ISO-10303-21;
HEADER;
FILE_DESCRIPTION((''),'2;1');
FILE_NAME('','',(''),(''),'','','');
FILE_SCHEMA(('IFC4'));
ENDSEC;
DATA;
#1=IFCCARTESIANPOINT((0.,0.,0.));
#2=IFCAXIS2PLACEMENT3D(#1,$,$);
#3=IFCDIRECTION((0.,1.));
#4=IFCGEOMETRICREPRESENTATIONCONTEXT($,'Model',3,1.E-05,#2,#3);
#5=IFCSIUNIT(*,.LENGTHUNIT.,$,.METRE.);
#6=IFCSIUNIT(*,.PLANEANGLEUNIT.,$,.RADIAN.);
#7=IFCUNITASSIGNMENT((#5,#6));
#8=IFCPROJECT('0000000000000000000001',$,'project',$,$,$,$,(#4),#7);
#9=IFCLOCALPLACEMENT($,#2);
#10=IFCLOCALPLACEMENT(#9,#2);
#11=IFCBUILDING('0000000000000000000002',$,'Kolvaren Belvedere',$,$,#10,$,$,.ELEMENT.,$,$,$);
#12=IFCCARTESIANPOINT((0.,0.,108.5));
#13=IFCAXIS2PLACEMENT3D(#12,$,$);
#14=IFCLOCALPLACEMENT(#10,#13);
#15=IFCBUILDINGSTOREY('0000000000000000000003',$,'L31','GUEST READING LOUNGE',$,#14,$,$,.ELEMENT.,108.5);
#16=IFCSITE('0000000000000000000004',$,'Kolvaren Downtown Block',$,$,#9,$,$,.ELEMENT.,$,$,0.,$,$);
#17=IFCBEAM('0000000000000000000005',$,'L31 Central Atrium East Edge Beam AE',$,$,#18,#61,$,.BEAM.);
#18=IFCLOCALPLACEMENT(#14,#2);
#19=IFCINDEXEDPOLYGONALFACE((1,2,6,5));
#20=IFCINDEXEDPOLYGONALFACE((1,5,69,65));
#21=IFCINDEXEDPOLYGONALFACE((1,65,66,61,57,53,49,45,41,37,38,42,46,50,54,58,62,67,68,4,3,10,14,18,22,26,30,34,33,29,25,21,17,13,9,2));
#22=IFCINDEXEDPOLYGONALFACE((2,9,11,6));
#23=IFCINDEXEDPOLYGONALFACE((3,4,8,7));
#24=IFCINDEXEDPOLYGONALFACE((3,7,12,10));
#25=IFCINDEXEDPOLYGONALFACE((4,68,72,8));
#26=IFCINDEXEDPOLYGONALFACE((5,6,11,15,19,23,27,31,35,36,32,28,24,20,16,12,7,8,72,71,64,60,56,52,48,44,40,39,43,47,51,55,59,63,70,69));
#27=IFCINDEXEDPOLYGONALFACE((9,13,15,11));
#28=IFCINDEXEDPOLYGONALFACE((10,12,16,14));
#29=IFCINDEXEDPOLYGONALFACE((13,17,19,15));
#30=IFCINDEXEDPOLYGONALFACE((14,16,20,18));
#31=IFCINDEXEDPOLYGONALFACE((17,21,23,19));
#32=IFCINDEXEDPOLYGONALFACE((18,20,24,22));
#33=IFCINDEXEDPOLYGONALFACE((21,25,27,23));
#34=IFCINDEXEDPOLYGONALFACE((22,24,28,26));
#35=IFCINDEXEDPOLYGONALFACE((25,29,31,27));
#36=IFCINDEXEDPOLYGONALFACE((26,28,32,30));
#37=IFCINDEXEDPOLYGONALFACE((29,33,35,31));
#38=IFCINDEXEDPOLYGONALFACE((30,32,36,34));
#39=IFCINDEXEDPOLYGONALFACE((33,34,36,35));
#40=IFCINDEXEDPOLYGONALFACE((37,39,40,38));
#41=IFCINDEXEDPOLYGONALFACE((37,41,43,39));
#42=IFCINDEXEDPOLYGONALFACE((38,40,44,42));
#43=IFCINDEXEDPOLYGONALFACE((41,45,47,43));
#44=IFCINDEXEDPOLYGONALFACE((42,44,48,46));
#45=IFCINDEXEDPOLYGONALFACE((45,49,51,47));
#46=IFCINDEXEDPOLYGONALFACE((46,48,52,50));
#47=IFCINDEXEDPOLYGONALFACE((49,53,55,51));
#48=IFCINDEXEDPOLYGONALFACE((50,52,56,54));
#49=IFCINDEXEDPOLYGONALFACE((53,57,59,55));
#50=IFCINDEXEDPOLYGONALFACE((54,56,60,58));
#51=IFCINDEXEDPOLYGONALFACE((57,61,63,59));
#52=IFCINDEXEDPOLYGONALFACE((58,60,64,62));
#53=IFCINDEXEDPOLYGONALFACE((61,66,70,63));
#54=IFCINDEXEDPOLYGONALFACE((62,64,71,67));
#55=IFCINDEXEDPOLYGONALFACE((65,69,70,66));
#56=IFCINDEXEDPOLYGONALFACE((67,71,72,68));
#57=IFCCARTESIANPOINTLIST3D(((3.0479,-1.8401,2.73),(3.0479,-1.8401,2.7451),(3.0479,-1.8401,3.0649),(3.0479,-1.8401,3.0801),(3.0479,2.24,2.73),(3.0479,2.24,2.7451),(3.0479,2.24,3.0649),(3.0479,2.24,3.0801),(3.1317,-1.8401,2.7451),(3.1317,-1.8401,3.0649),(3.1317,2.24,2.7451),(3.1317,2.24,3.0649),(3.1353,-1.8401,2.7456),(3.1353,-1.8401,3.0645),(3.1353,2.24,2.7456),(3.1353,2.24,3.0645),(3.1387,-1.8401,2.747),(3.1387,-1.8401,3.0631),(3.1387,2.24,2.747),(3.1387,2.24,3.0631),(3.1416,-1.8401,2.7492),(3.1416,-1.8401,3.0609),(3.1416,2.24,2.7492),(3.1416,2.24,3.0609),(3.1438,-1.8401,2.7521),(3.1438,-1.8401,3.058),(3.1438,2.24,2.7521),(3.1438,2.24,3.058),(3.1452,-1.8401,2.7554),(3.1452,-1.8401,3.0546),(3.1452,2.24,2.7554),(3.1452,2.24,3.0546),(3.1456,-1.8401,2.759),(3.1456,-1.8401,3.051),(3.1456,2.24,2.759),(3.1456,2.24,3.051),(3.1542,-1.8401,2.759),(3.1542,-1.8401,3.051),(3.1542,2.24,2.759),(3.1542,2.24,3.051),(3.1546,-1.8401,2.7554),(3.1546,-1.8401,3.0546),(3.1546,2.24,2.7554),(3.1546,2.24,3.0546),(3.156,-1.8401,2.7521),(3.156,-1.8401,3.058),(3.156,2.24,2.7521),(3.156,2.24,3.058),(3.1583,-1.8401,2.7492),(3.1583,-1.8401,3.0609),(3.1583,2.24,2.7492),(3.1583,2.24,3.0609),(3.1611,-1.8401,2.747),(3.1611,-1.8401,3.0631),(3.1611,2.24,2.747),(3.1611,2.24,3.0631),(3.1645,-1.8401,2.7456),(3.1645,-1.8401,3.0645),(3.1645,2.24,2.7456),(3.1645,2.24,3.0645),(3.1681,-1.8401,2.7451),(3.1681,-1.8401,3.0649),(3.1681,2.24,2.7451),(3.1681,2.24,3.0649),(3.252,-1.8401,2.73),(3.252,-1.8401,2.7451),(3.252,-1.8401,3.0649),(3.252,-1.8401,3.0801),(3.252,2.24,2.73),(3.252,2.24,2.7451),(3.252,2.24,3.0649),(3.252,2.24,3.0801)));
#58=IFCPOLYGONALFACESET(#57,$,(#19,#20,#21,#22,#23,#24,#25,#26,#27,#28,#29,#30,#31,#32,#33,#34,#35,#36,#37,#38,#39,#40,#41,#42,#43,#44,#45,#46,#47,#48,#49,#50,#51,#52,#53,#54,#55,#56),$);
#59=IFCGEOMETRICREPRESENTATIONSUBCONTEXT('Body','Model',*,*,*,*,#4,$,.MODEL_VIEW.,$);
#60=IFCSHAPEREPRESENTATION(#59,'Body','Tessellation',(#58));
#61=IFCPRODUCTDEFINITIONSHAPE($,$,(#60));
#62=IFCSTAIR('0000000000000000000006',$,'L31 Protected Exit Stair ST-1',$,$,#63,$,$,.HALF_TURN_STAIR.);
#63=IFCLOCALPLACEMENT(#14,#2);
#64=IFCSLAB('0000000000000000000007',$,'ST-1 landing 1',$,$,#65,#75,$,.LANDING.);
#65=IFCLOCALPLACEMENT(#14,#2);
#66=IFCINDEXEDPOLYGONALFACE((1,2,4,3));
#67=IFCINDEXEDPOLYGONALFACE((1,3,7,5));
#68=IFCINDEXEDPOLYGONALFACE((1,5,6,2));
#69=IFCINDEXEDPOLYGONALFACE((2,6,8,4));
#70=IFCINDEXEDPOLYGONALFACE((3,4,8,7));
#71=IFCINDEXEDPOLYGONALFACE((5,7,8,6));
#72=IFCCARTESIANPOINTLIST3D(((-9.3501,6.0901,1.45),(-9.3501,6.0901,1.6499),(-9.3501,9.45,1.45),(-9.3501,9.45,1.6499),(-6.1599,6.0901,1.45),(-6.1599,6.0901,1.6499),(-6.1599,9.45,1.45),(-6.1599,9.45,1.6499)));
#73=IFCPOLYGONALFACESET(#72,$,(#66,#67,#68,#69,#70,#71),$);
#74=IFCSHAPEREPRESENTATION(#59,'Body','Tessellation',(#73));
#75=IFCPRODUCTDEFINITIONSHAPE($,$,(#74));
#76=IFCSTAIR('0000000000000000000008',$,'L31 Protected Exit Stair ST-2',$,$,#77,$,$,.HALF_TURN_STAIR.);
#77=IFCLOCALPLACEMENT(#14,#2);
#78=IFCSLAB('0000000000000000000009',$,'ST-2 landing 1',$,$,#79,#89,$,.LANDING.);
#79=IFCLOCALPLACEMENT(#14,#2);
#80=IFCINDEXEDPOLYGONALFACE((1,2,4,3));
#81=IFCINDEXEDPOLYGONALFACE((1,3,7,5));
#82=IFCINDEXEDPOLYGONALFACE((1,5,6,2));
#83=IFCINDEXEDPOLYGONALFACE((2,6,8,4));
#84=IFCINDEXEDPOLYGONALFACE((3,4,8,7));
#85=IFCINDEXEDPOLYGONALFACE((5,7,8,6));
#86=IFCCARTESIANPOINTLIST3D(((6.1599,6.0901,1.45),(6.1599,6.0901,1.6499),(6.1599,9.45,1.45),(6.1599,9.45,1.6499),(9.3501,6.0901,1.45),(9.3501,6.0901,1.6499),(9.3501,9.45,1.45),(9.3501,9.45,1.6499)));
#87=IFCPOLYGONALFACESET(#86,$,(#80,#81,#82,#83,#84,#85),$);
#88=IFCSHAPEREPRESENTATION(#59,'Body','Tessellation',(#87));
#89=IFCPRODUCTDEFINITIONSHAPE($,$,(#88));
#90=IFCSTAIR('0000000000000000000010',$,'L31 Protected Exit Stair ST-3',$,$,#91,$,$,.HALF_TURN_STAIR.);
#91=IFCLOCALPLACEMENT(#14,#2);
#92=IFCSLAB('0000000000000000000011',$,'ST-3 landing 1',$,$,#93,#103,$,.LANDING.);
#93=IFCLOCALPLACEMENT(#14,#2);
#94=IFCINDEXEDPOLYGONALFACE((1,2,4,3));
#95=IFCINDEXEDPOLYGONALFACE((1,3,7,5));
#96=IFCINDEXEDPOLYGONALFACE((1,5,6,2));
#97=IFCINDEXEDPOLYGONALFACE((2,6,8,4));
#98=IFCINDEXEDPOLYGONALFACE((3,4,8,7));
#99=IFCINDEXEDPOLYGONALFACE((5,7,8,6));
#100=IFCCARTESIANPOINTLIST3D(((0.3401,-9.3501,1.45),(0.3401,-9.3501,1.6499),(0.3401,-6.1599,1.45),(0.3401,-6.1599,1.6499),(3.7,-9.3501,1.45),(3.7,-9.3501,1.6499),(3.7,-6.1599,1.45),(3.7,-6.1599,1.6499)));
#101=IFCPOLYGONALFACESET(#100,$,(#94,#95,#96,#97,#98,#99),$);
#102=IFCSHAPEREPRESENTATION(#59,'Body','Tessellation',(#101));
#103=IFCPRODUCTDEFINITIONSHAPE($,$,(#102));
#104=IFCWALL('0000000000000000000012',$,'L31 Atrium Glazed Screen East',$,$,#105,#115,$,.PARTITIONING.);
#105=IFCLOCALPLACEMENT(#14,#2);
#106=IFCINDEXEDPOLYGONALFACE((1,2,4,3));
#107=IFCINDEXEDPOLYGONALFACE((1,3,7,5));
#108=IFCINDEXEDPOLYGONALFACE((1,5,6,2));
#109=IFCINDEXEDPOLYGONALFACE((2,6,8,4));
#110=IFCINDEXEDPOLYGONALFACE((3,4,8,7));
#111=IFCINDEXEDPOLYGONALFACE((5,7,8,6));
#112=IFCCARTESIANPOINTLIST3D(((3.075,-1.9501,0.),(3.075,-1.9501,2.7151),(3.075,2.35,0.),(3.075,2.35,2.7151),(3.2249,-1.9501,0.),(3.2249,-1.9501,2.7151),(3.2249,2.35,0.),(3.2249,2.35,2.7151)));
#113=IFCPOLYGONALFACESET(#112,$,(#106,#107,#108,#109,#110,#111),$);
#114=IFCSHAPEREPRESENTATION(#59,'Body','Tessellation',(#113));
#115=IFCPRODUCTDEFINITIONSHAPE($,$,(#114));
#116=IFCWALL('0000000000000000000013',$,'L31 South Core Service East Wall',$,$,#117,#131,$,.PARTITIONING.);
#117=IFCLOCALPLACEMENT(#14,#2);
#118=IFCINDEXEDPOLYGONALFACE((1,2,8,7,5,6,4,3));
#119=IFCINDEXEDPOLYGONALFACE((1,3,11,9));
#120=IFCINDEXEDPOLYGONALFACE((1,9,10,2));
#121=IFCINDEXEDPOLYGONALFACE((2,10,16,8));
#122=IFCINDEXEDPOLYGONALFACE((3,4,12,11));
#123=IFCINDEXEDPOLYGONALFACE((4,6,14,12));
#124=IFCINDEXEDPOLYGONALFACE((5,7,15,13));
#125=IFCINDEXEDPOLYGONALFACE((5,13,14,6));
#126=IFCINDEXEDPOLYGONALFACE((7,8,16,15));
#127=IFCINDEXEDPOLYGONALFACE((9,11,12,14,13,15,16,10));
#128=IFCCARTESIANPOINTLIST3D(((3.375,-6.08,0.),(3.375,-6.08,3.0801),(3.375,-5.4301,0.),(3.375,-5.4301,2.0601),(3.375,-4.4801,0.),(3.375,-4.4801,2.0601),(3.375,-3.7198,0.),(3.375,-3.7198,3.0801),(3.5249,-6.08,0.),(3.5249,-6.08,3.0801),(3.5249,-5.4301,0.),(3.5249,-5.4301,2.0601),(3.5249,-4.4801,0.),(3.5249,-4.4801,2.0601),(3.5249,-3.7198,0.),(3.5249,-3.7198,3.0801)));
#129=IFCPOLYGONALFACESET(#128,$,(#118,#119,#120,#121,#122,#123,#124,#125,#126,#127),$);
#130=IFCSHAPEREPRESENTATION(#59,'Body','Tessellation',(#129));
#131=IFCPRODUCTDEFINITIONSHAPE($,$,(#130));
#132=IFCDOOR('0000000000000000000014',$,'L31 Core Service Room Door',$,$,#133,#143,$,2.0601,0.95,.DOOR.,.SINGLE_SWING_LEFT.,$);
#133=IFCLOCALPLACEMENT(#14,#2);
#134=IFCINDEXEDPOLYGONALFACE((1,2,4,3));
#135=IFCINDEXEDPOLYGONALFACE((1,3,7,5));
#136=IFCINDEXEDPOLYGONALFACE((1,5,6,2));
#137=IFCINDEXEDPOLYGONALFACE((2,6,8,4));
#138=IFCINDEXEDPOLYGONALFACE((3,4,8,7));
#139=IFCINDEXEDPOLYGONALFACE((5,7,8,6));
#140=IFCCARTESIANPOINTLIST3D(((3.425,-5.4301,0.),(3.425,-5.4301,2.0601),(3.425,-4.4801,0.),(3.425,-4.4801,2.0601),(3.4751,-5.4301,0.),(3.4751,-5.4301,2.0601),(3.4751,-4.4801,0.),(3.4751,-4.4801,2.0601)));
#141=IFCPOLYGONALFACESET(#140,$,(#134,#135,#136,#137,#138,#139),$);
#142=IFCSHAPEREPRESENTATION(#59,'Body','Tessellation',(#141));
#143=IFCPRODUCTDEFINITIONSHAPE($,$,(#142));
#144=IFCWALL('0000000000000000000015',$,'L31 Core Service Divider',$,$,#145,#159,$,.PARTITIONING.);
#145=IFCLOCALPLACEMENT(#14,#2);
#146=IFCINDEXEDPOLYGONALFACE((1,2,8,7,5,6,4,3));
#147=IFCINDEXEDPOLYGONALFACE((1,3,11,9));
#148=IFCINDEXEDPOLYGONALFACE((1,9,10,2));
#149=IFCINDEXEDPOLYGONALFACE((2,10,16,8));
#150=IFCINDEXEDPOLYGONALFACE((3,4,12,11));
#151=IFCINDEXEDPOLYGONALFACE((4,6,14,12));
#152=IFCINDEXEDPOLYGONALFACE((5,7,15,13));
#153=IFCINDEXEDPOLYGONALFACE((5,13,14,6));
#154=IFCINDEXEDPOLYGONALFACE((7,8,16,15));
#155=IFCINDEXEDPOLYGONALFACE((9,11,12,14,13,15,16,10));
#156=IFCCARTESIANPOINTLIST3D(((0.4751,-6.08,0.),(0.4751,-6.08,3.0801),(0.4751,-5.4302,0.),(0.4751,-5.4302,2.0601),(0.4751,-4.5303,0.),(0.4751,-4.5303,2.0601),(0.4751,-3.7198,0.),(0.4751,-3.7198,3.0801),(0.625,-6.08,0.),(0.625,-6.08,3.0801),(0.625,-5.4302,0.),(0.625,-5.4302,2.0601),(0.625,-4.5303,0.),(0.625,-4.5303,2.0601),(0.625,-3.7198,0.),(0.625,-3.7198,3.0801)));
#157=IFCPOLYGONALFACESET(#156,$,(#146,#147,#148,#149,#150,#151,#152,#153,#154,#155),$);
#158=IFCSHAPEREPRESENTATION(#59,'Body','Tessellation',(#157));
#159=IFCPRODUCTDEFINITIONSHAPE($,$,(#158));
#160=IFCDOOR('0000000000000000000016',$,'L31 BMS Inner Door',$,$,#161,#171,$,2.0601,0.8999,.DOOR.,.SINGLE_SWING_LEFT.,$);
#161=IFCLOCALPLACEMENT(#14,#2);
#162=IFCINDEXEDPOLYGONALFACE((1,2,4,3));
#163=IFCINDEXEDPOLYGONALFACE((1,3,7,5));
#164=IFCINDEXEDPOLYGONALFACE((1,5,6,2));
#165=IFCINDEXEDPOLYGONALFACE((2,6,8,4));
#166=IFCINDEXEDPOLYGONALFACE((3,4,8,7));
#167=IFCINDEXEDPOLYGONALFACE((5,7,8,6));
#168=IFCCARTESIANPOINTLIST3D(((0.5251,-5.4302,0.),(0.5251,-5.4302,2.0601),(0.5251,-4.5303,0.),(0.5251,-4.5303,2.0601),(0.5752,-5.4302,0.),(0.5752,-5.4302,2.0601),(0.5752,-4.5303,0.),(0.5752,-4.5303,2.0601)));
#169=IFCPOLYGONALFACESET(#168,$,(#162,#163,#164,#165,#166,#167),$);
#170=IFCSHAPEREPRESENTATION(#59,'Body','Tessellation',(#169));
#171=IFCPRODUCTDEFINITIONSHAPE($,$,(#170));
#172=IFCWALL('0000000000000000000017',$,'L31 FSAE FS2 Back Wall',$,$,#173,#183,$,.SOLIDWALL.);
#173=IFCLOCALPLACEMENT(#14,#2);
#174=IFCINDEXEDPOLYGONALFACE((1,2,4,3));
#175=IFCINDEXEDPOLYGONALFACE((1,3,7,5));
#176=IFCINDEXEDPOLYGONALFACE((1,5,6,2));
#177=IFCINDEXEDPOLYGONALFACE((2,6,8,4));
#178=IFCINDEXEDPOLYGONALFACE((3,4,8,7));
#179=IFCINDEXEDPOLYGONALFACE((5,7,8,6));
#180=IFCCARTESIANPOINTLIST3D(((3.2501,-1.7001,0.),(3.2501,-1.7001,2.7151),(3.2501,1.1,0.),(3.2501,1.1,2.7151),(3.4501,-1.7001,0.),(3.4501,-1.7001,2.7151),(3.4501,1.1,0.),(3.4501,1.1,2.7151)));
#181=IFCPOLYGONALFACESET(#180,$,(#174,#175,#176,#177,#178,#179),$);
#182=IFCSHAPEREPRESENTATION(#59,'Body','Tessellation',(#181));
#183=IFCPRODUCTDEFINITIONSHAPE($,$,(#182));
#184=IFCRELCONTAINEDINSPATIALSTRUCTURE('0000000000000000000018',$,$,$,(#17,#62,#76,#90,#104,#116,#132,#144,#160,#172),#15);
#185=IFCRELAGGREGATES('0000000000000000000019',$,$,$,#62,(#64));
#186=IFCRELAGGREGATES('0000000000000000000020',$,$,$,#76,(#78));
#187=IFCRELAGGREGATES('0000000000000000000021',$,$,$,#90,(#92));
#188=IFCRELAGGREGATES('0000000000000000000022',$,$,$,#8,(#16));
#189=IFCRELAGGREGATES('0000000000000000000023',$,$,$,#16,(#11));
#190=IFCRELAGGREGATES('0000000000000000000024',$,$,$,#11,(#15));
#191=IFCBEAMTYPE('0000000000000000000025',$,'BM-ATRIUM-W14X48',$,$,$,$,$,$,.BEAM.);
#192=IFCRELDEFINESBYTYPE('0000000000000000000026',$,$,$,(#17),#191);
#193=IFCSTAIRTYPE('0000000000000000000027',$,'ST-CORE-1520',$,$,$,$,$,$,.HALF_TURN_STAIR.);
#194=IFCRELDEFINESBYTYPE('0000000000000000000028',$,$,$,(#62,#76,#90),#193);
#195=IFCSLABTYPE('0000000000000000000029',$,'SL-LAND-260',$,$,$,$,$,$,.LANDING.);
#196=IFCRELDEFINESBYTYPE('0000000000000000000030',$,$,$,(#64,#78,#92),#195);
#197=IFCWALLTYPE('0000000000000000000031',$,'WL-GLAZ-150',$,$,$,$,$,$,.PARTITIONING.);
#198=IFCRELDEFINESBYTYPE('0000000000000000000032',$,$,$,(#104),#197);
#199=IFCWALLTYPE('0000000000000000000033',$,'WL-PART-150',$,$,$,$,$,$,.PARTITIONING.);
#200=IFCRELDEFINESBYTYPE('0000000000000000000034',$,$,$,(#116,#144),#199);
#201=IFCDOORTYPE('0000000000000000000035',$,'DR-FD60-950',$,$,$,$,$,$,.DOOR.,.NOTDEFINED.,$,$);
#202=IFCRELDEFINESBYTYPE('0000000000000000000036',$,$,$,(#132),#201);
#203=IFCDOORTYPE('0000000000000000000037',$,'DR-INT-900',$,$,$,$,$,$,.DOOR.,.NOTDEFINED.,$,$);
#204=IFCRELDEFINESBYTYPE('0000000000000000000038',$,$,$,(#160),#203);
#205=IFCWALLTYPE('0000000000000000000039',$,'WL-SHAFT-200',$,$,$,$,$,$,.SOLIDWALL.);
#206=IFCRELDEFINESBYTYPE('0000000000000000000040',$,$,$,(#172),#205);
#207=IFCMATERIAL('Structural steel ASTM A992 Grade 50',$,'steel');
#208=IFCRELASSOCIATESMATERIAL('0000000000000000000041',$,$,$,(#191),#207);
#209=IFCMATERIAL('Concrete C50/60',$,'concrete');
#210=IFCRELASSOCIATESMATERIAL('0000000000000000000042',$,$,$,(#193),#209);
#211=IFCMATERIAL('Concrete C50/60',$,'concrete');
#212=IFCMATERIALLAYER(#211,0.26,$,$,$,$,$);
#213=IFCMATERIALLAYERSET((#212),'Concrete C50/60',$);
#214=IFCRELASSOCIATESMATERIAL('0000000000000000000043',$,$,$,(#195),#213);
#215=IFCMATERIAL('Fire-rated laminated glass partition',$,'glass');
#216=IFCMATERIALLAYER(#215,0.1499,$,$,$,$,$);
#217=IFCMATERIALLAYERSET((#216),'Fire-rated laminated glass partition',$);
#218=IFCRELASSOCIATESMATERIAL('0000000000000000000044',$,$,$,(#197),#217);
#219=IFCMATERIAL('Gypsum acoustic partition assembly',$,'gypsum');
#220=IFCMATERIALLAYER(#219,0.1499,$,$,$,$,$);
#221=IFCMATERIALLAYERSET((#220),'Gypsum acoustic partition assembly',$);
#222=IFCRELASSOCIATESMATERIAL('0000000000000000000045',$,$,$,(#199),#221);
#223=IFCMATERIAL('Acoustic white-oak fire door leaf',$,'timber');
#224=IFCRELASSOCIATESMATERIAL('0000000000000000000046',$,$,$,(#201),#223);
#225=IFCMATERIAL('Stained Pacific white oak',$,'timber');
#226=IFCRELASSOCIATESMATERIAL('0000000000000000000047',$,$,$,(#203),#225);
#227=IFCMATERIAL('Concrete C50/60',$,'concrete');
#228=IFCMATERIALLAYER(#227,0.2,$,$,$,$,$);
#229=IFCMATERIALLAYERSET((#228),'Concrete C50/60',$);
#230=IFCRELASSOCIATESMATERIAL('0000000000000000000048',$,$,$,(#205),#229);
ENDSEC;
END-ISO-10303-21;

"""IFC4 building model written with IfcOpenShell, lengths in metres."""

from ifc_helpers import new_model, si_unit, direction, frame, frame_2d, origin, origin_2d, place, context, subcontext, project, spatial, polyline, rectangle, i_section, outline, extrude, material, layer, layer_set, material_profile, profile_set, type_object, element, fill, aggregate, save


model = new_model("IFC4")

# Units and contexts
model_context = context("Model", 3, precision=1e-05, world=origin(), true_north=direction((0.0, 1.0)))
body_context = subcontext(model_context, "Body", "Model", "MODEL_VIEW")
ifc_project = project(units=[si_unit("LENGTHUNIT", "METRE"), si_unit("PLANEANGLEUNIT", "RADIAN")], contexts=[model_context])

# Site, building, storey
site_placement = place(None, origin())
site = spatial("IfcSite", under=ifc_project, at=site_placement, Name="Kolvaren Downtown Block", CompositionType="ELEMENT", RefElevation=0.0)
building_placement = place(site_placement, origin())
building = spatial("IfcBuilding", under=site, at=building_placement, Name="Kolvaren Belvedere", CompositionType="ELEMENT")
storey_placement = place(building_placement, frame((0.0, 0.0, 108.5)))
storey = spatial("IfcBuildingStorey", under=building, at=storey_placement, Name="L31", Description="GUEST READING LOUNGE", CompositionType="ELEMENT", Elevation=108.5)

# Beam
ifc_material_1 = material(Name="Structural steel ASTM A992 Grade 50", Category="steel")
ifc_material_profile = material_profile(ifc_material_1, i_section(OverallWidth=0.2041, OverallDepth=0.3501, WebThickness=0.0085, FlangeThickness=0.0151, FilletRadius=0.0139, at=origin_2d()), Name="W14X48")
ifc_profile_set = profile_set([ifc_material_profile], Name="Structural steel ASTM A992 Grade 50")
beam_type = type_object("IfcBeamType", Name="BM-ATRIUM-W14X48", PredefinedType="BEAM", material=ifc_profile_set)
beam_placement = place(storey_placement, frame((3.1499, -1.8401, 2.905), z_axis=(0.0, 1.0, 0.0), x_axis=(-1.0, 0.0, 0.0)))
element("IfcBeam", 1, at=beam_placement, inside=storey, type_object=beam_type, Name="L31 Central Atrium East Edge Beam AE", PredefinedType="BEAM", context=body_context, shape_type="SweptSolid", body=[
    extrude(i_section(OverallWidth=0.2041, OverallDepth=0.3501, WebThickness=0.0085, FlangeThickness=0.0151, FilletRadius=0.0139, at=origin_2d()), origin(), (0.0, 0.0, 1.0), 4.0801),
])

# Stairs, slabs
ifc_material_2 = material(Name="Concrete C50/60", Category="concrete")
stair_type = type_object("IfcStairType", Name="ST-CORE-1520", PredefinedType="HALF_TURN_STAIR", material=ifc_material_2)
stair_1_placement = place(storey_placement, origin())
stair_1 = element("IfcStair", 2, at=stair_1_placement, inside=storey, type_object=stair_type, Name="L31 Protected Exit Stair ST-1", PredefinedType="HALF_TURN_STAIR")
ifc_material_3 = material(Name="Concrete C50/60", Category="concrete")
ifc_layer_1 = layer(ifc_material_3, 0.26)
ifc_layer_set_1 = layer_set([ifc_layer_1], Name="Concrete C50/60")
slab_type = type_object("IfcSlabType", Name="SL-LAND-260", PredefinedType="LANDING", material=ifc_layer_set_1)
slab_1_placement = place(storey_placement, frame((0.0, 0.0, 1.45)))
slab_1 = element("IfcSlab", 3, at=slab_1_placement, type_object=slab_type, Name="ST-1 landing 1", PredefinedType="LANDING", context=body_context, shape_type="SweptSolid", body=[
    extrude(outline(polyline([(-6.1599, 6.0901), (-6.1599, 9.45), (-9.3501, 9.45), (-9.3501, 6.0901), (-6.1599, 6.0901)])), origin(), (0.0, 0.0, 1.0), 0.2),
])
aggregate(stair_1, [slab_1])
stair_2_placement = place(storey_placement, origin())
stair_2 = element("IfcStair", 4, at=stair_2_placement, inside=storey, type_object=stair_type, Name="L31 Protected Exit Stair ST-2", PredefinedType="HALF_TURN_STAIR")
slab_2_placement = place(storey_placement, frame((0.0, 0.0, 1.45)))
slab_2 = element("IfcSlab", 5, at=slab_2_placement, type_object=slab_type, Name="ST-2 landing 1", PredefinedType="LANDING", context=body_context, shape_type="SweptSolid", body=[
    extrude(outline(polyline([(9.3501, 6.0901), (9.3501, 9.45), (6.1599, 9.45), (6.1599, 6.0901), (9.3501, 6.0901)])), origin(), (0.0, 0.0, 1.0), 0.2),
])
aggregate(stair_2, [slab_2])
stair_3_placement = place(storey_placement, origin())
stair_3 = element("IfcStair", 6, at=stair_3_placement, inside=storey, type_object=stair_type, Name="L31 Protected Exit Stair ST-3", PredefinedType="HALF_TURN_STAIR")
slab_3_placement = place(storey_placement, frame((0.0, 0.0, 1.45)))
slab_3 = element("IfcSlab", 7, at=slab_3_placement, type_object=slab_type, Name="ST-3 landing 1", PredefinedType="LANDING", context=body_context, shape_type="SweptSolid", body=[
    extrude(outline(polyline([(0.3401, -9.3501), (3.7, -9.3501), (3.7, -6.1599), (0.3401, -6.1599), (0.3401, -9.3501)])), origin(), (0.0, 0.0, 1.0), 0.2),
])

# Wall
ifc_material_4 = material(Name="Fire-rated laminated glass partition", Category="glass")
ifc_layer_2 = layer(ifc_material_4, 0.1499)
ifc_layer_set_2 = layer_set([ifc_layer_2], Name="Fire-rated laminated glass partition")
wall_type_1 = type_object("IfcWallType", Name="WL-GLAZ-150", PredefinedType="PARTITIONING", material=ifc_layer_set_2)
wall_1_placement = place(storey_placement, frame((3.1499, -1.95, 0.0), z_axis=(0.0, 0.0, 1.0), x_axis=(0.0, 1.0, 0.0)))
element("IfcWall", 8, at=wall_1_placement, inside=storey, type_object=wall_type_1, Name="L31 Atrium Glazed Screen East", PredefinedType="PARTITIONING", context=body_context, shape_type="SweptSolid", body=[
    extrude(rectangle(XDim=4.3, YDim=0.1499, at=frame_2d((2.1499, 0.0))), origin(), (0.0, 0.0, 1.0), 2.7151),
])

# Walls, openings, doors
ifc_material_5 = material(Name="Gypsum acoustic partition assembly", Category="gypsum")
ifc_layer_3 = layer(ifc_material_5, 0.1499)
ifc_layer_set_3 = layer_set([ifc_layer_3], Name="Gypsum acoustic partition assembly")
wall_type_2 = type_object("IfcWallType", Name="WL-PART-150", PredefinedType="PARTITIONING", material=ifc_layer_set_3)
wall_2_placement = place(storey_placement, frame((3.45, -6.0801, 0.0), z_axis=(0.0, 0.0, 1.0), x_axis=(0.0, 1.0, 0.0)))
wall_2 = element("IfcWall", 9, at=wall_2_placement, inside=storey, type_object=wall_type_2, Name="L31 South Core Service East Wall", PredefinedType="PARTITIONING", context=body_context, shape_type="SweptSolid", body=[
    extrude(rectangle(XDim=2.3601, YDim=0.1499, at=frame_2d((1.1802, 0.0))), origin(), (0.0, 0.0, 1.0), 3.0801),
])
opening_1_placement = place(wall_2_placement, frame((0.6499, 0.0, 0.0)))
opening_1 = element("IfcOpeningElement", 10, at=opening_1_placement, cuts=wall_2, PredefinedType="OPENING", context=body_context, shape_type="SweptSolid", body=[
    extrude(rectangle(XDim=0.95, YDim=2.0601, at=frame_2d((0.4751, 1.03))), frame((0.0, 0.085, 0.0), z_axis=(0.0, -1.0, 0.0), x_axis=(1.0, 0.0, 0.0)), (0.0, 0.0, 1.0), 0.1699),
])
ifc_material_6 = material(Name="Acoustic white-oak fire door leaf", Category="timber")
door_type_1 = type_object("IfcDoorType", Name="DR-FD60-950", OperationType="NOTDEFINED", PredefinedType="DOOR", material=ifc_material_6)
door_1_placement = place(opening_1_placement, origin())
door_1 = element("IfcDoor", 11, at=door_1_placement, inside=storey, type_object=door_type_1, Name="L31 Core Service Room Door", OperationType="SINGLE_SWING_LEFT", OverallHeight=2.0601, OverallWidth=0.95, PredefinedType="DOOR", context=body_context, shape_type="SweptSolid", body=[
    extrude(rectangle(XDim=0.95, YDim=2.0601, at=frame_2d((0.4751, 1.03))), frame((0.0, 0.0249, 0.0), z_axis=(0.0, -1.0, 0.0), x_axis=(1.0, 0.0, 0.0)), (0.0, 0.0, 1.0), 0.05),
])
fill(opening_1, door_1)
wall_3_placement = place(storey_placement, frame((0.55, -6.0801, 0.0), z_axis=(0.0, 0.0, 1.0), x_axis=(0.0, 1.0, 0.0)))
wall_3 = element("IfcWall", 12, at=wall_3_placement, inside=storey, type_object=wall_type_2, Name="L31 Core Service Divider", PredefinedType="PARTITIONING", context=body_context, shape_type="SweptSolid", body=[
    extrude(rectangle(XDim=2.3601, YDim=0.1499, at=frame_2d((1.1802, 0.0))), origin(), (0.0, 0.0, 1.0), 3.0801),
])
opening_2_placement = place(wall_3_placement, frame((0.6499, 0.0, 0.0)))
opening_2 = element("IfcOpeningElement", 13, at=opening_2_placement, cuts=wall_3, PredefinedType="OPENING", context=body_context, shape_type="SweptSolid", body=[
    extrude(rectangle(XDim=0.8999, YDim=2.0601, at=frame_2d((0.45, 1.03))), frame((0.0, 0.085, 0.0), z_axis=(0.0, -1.0, 0.0), x_axis=(1.0, 0.0, 0.0)), (0.0, 0.0, 1.0), 0.1699),
])
ifc_material_7 = material(Name="Stained Pacific white oak", Category="timber")
door_type_2 = type_object("IfcDoorType", Name="DR-INT-900", OperationType="NOTDEFINED", PredefinedType="DOOR", material=ifc_material_7)
door_2_placement = place(opening_2_placement, origin())
door_2 = element("IfcDoor", 14, at=door_2_placement, inside=storey, type_object=door_type_2, Name="L31 BMS Inner Door", OperationType="SINGLE_SWING_LEFT", OverallHeight=2.0601, OverallWidth=0.8999, PredefinedType="DOOR", context=body_context, shape_type="SweptSolid", body=[
    extrude(rectangle(XDim=0.8999, YDim=2.0601, at=frame_2d((0.45, 1.03))), frame((0.0, 0.0249, 0.0), z_axis=(0.0, -1.0, 0.0), x_axis=(1.0, 0.0, 0.0)), (0.0, 0.0, 1.0), 0.05),
])
fill(opening_2, door_2)

# Wall
ifc_material_8 = material(Name="Concrete C50/60", Category="concrete")
ifc_layer_4 = layer(ifc_material_8, 0.2)
ifc_layer_set_4 = layer_set([ifc_layer_4], Name="Concrete C50/60")
wall_type_3 = type_object("IfcWallType", Name="WL-SHAFT-200", PredefinedType="SOLIDWALL", material=ifc_layer_set_4)
wall_4_placement = place(storey_placement, frame((3.3501, -1.7, 0.0), z_axis=(0.0, 0.0, 1.0), x_axis=(0.0, 1.0, 0.0)))
element("IfcWall", 15, at=wall_4_placement, inside=storey, type_object=wall_type_3, Name="L31 FSAE FS2 Back Wall", PredefinedType="SOLIDWALL", context=body_context, shape_type="SweptSolid", body=[
    extrude(rectangle(XDim=2.8, YDim=0.2, at=frame_2d((1.3999, 0.0))), origin(), (0.0, 0.0, 1.0), 2.7151),
])

aggregate(stair_3, [slab_3])

save(model, "model.ifc")
